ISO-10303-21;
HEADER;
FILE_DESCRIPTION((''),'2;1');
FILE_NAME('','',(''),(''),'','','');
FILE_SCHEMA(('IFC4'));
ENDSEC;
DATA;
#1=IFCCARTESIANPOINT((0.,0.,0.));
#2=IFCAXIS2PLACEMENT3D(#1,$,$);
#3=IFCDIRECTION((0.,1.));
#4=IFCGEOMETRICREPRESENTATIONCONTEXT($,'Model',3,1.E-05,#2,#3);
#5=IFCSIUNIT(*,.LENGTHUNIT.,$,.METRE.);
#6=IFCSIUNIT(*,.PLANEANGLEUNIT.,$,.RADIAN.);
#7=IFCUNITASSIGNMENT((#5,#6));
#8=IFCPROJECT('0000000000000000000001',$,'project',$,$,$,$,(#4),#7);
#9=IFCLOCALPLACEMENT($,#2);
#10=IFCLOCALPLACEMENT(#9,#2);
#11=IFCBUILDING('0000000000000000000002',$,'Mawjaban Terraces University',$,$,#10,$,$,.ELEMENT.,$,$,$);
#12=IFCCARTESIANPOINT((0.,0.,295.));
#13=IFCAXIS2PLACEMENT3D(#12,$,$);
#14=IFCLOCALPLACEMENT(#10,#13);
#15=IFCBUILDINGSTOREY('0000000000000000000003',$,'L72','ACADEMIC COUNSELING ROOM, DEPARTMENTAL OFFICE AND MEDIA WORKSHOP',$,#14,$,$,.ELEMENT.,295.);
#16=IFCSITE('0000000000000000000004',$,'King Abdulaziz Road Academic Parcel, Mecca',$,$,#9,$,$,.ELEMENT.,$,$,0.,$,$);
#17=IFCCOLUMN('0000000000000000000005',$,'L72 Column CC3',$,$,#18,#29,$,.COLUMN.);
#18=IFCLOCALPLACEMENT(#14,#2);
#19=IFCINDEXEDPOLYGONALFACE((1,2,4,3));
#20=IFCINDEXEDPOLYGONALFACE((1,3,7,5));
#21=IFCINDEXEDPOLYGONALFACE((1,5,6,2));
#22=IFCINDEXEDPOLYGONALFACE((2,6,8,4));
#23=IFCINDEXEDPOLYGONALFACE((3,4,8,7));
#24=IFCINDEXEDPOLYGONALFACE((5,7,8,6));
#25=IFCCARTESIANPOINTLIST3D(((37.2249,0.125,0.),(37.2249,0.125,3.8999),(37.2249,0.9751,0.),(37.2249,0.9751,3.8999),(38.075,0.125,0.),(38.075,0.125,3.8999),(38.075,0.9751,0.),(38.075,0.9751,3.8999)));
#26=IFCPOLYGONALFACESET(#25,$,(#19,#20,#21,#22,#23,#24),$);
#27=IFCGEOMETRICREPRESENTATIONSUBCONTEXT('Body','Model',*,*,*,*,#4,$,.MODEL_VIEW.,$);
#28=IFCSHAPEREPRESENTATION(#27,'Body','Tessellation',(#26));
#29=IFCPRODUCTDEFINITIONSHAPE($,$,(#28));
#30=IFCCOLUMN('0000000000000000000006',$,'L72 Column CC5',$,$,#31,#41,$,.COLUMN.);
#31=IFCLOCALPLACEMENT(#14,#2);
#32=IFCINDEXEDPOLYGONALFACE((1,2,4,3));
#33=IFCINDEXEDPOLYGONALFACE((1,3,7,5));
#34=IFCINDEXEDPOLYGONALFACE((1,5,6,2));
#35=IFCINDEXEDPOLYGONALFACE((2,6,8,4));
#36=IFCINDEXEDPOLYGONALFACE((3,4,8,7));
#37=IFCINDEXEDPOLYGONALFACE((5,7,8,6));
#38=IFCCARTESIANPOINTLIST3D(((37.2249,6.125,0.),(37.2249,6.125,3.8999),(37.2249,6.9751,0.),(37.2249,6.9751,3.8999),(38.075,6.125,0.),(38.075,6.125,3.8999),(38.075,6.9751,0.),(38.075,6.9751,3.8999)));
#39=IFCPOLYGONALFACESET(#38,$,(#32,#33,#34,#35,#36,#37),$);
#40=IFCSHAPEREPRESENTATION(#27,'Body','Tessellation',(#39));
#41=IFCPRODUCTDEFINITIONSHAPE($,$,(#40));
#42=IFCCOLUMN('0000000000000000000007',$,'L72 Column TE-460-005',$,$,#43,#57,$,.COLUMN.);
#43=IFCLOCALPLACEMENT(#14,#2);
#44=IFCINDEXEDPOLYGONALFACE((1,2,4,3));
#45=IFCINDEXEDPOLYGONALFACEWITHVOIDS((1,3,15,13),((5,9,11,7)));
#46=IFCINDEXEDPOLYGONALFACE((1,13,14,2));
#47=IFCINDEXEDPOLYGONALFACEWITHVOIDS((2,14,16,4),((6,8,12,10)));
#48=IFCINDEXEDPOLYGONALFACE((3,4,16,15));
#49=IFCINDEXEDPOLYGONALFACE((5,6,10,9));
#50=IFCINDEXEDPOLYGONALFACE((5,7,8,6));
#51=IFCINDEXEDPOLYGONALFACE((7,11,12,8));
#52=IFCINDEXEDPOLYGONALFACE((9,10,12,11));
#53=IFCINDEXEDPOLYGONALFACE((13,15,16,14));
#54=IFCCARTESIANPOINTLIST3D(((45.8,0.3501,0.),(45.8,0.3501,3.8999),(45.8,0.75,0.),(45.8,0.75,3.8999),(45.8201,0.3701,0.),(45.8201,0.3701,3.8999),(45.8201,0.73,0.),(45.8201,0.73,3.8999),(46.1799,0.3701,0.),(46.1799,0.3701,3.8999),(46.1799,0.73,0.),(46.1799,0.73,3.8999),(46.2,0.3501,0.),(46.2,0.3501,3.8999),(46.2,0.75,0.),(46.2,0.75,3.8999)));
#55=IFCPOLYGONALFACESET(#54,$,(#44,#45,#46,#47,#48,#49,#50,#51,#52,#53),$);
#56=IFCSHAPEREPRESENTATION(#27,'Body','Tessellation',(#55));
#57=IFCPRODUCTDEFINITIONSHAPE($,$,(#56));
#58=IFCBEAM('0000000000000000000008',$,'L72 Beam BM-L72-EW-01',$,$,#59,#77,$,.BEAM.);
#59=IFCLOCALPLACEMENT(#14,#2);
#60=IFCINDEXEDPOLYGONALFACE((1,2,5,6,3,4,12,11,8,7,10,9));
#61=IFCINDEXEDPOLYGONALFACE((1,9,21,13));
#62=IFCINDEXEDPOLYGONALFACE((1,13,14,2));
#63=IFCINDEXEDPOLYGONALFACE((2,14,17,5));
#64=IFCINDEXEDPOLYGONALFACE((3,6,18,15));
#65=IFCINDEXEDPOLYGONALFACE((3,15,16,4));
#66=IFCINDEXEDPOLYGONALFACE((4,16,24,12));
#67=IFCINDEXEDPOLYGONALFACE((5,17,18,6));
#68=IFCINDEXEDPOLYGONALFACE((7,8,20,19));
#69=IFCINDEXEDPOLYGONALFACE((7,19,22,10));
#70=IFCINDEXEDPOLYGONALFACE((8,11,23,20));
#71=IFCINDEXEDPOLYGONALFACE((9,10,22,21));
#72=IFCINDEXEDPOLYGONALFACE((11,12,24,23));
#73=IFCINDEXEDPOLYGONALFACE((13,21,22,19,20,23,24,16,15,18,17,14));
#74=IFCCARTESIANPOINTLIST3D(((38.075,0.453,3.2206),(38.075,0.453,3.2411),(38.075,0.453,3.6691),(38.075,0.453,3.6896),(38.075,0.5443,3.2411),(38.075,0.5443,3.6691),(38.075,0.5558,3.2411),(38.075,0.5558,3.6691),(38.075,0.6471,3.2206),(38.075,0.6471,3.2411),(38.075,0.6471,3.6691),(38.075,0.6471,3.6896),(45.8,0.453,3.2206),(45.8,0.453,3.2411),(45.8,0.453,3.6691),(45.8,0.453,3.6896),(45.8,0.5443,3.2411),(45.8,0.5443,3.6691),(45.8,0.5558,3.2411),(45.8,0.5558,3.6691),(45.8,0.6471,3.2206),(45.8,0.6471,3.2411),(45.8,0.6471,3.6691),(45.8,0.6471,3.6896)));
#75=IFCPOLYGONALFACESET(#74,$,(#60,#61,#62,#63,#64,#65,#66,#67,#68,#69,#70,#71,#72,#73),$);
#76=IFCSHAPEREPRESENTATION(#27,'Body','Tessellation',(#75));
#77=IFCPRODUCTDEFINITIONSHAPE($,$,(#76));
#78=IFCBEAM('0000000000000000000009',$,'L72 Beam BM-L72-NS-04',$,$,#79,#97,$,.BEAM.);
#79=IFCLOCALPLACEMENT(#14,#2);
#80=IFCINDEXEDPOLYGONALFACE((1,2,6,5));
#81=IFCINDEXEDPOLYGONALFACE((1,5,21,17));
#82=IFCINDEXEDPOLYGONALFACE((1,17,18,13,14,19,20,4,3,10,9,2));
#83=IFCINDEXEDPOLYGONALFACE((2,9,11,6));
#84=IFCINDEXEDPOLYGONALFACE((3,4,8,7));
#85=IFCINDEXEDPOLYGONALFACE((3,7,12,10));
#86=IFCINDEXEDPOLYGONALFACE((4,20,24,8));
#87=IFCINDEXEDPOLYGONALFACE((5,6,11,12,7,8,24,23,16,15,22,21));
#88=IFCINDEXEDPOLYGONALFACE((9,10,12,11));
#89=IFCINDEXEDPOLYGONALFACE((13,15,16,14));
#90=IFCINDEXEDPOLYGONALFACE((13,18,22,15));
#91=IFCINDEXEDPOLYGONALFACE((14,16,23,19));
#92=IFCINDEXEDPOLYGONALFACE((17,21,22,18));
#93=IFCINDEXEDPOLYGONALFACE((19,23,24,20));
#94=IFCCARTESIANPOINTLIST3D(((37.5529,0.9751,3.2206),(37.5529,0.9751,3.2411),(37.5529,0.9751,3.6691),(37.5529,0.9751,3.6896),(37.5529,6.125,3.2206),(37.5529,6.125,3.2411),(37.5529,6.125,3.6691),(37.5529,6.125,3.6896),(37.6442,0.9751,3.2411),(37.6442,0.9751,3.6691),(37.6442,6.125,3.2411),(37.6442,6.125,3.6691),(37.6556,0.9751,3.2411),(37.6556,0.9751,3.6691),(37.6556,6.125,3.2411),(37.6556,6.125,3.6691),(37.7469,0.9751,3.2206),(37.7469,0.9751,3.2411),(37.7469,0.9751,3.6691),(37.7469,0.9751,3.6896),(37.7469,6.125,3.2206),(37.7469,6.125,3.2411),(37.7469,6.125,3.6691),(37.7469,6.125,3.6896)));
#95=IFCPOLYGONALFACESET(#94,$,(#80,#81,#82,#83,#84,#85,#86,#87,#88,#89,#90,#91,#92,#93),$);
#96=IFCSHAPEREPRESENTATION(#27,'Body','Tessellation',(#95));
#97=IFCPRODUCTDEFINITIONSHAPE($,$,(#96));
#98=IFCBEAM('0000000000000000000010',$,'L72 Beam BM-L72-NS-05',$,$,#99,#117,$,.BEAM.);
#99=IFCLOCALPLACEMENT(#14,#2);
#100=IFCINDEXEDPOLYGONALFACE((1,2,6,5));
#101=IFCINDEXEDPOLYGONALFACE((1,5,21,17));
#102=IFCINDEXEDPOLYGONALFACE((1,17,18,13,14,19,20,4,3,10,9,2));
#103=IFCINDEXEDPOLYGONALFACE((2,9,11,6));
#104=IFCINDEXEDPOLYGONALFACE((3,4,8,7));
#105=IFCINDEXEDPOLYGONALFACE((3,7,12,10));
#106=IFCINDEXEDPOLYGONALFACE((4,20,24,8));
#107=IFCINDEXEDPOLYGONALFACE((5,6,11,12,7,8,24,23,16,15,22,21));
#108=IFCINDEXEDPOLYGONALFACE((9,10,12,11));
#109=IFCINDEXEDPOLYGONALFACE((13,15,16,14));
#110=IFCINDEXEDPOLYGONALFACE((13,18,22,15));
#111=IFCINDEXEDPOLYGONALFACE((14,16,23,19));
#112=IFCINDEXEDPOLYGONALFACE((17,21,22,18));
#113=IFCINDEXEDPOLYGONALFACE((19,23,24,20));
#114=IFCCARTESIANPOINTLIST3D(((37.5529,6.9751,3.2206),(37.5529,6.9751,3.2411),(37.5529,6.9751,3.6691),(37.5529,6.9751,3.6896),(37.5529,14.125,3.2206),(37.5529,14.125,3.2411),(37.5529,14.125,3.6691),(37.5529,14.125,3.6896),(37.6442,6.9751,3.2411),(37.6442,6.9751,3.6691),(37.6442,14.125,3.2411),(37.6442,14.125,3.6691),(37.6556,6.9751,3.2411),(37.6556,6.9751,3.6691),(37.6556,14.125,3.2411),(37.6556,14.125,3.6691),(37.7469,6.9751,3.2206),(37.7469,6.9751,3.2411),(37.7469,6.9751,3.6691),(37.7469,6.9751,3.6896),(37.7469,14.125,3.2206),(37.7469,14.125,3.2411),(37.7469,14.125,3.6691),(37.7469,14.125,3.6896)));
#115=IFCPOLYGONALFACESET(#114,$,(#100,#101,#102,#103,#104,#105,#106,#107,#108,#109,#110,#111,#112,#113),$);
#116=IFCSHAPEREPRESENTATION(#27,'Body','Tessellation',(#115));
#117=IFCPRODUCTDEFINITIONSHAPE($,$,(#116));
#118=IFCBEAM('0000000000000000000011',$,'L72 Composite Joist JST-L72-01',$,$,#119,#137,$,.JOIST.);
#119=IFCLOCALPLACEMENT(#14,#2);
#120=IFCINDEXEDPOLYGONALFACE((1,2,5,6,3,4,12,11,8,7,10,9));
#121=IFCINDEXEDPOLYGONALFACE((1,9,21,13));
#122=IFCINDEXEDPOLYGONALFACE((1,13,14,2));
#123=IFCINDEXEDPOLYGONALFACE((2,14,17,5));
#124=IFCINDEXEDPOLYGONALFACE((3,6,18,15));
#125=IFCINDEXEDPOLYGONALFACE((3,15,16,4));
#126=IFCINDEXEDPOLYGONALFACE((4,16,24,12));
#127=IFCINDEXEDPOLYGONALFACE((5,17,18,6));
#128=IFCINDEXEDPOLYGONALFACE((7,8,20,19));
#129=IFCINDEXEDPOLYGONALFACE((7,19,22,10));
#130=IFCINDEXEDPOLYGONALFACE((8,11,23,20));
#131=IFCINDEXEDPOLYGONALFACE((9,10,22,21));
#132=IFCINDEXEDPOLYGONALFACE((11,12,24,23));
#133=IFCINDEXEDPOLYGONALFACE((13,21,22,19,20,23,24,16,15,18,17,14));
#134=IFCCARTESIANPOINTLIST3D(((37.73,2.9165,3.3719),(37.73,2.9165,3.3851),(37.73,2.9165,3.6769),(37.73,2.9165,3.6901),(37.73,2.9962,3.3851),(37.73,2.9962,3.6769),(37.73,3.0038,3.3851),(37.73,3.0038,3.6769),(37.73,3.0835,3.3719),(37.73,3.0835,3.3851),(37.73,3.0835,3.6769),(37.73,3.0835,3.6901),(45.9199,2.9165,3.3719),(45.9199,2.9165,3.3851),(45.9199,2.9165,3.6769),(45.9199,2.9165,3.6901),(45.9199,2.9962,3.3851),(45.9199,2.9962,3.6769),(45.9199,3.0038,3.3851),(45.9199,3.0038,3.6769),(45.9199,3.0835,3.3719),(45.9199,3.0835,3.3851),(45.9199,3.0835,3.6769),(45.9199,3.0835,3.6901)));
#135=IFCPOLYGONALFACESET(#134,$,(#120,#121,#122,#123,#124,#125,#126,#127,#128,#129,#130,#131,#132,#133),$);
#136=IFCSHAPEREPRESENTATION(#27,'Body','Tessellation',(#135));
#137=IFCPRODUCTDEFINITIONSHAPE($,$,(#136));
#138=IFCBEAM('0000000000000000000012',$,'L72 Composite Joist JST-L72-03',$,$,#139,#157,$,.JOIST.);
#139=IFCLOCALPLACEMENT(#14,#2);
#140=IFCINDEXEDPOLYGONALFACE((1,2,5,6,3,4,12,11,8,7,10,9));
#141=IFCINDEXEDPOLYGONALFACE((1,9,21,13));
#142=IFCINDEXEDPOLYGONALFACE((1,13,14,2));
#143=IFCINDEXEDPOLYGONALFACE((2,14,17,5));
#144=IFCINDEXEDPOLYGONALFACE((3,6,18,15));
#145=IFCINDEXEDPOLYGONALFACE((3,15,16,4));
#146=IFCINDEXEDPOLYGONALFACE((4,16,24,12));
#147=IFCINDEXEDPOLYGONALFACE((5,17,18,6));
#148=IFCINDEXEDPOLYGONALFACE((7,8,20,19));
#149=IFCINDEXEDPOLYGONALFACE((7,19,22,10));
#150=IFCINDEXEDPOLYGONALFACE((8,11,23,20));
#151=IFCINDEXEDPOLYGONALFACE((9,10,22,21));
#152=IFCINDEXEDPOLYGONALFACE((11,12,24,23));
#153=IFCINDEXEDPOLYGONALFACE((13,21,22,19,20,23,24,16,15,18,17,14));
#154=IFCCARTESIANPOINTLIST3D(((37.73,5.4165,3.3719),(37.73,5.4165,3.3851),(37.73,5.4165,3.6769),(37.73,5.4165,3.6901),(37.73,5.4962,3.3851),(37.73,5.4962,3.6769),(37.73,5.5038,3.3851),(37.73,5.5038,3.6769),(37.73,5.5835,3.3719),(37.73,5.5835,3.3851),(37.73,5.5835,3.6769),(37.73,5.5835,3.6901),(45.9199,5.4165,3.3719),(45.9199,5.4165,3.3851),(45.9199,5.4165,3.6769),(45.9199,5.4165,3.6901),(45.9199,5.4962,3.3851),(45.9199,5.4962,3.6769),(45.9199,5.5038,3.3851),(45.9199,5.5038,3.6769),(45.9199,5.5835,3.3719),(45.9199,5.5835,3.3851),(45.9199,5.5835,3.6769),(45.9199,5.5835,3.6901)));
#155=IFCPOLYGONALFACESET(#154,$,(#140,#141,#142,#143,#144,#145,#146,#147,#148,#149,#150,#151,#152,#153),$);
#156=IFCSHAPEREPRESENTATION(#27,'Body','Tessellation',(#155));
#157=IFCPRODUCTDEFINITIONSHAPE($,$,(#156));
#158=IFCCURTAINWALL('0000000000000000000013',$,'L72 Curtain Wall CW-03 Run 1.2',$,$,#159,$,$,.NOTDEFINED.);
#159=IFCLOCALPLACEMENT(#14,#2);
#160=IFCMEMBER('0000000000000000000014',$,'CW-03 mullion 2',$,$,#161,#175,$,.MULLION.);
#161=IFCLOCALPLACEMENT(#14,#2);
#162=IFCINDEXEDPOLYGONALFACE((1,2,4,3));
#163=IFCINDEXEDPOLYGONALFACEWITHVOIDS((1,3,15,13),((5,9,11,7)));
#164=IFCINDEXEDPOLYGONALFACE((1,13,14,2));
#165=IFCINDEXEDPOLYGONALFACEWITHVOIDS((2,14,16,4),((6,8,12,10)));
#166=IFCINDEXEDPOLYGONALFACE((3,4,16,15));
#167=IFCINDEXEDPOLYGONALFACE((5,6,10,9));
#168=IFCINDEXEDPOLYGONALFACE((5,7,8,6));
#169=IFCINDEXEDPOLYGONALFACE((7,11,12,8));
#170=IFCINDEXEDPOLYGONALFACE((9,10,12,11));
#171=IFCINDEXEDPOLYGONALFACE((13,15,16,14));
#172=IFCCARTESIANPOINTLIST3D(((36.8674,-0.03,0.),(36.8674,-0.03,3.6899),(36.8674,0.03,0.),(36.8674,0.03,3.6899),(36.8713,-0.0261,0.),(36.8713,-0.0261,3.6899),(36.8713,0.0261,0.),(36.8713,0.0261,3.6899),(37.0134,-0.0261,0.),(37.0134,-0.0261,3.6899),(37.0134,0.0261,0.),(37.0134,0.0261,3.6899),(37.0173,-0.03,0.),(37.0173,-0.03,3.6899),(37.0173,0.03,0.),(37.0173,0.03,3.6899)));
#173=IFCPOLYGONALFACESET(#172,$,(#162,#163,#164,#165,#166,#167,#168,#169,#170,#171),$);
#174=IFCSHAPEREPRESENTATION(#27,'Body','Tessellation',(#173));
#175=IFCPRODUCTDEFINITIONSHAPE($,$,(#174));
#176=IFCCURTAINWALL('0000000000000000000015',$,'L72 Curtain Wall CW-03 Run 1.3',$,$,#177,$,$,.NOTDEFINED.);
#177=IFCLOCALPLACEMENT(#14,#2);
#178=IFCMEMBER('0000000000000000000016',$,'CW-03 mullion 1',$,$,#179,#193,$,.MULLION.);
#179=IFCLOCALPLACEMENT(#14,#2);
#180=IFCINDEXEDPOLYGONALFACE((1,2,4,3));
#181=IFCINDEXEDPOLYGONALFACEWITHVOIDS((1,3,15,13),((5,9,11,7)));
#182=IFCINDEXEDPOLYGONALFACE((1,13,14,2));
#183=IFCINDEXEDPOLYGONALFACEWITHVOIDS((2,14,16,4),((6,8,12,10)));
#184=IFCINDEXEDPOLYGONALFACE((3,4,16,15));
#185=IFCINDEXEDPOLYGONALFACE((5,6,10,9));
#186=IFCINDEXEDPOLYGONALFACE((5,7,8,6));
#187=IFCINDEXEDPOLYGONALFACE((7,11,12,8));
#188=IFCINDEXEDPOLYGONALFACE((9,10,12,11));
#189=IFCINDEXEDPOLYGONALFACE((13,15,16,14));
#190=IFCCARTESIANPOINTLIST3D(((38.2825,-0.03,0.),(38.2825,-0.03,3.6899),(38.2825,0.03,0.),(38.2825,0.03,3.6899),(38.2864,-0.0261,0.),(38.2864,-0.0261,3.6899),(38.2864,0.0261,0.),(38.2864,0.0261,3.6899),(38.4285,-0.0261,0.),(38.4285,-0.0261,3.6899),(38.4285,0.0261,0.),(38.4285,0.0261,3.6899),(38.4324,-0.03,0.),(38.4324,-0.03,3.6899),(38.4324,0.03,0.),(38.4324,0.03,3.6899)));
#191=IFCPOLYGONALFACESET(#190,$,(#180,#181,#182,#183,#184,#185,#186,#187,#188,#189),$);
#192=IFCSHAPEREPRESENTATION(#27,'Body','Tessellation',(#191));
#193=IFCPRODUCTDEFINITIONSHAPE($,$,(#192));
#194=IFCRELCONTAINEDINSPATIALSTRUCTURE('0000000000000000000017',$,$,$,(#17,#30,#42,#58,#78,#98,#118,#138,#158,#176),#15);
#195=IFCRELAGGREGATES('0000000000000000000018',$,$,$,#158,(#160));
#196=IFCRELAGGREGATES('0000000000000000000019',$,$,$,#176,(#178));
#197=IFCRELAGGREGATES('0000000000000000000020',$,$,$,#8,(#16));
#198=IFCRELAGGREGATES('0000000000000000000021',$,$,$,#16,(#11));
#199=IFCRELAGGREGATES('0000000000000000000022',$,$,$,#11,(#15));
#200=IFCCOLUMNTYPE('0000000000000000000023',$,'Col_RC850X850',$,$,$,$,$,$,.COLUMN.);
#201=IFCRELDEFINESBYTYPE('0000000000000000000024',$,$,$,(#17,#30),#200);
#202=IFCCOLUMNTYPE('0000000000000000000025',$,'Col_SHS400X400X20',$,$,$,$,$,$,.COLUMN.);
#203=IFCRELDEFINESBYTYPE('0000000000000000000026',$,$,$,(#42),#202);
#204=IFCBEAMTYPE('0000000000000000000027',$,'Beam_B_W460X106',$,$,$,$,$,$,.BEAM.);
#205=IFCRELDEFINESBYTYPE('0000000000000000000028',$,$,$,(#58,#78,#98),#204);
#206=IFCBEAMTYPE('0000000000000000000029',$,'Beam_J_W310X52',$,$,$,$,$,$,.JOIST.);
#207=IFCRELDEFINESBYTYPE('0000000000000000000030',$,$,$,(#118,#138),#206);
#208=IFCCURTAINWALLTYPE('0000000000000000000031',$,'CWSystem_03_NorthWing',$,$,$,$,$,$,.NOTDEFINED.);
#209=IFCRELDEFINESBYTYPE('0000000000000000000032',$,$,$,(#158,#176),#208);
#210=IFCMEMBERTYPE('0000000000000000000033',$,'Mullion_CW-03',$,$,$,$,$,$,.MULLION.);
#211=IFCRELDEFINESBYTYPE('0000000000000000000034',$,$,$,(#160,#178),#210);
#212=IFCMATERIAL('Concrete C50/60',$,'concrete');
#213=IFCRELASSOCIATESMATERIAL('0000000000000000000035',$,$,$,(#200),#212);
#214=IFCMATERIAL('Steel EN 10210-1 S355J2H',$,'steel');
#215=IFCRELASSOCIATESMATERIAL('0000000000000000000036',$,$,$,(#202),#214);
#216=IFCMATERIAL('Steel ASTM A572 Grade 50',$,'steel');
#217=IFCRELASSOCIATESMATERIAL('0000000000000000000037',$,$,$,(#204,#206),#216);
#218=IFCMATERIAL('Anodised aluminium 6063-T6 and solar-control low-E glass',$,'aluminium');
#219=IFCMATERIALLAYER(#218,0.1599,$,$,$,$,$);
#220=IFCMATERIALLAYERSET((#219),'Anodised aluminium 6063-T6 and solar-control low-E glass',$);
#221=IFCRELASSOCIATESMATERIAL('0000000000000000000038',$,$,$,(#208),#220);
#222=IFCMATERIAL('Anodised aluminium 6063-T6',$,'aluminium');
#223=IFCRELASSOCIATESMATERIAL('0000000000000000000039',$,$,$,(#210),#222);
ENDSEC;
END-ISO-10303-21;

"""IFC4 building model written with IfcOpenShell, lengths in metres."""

from ifc_helpers import new_model, si_unit, direction, frame, origin, origin_2d, place, context, subcontext, project, spatial, rectangle, hollow_rectangle, i_section, extrude, material, layer, layer_set, material_profile, profile_set, type_object, element, aggregate, save


model = new_model("IFC4")

# Units and contexts
model_context = context("Model", 3, precision=1e-05, world=origin(), true_north=direction((0.0, 1.0)))
body_context = subcontext(model_context, "Body", "Model", "MODEL_VIEW")
ifc_project = project(units=[si_unit("LENGTHUNIT", "METRE"), si_unit("PLANEANGLEUNIT", "RADIAN")], contexts=[model_context])

# Site, building, storey
site_placement = place(None, origin())
site = spatial("IfcSite", under=ifc_project, at=site_placement, Name="King Abdulaziz Road Academic Parcel, Mecca", CompositionType="ELEMENT", RefElevation=0.0)
building_placement = place(site_placement, origin())
building = spatial("IfcBuilding", under=site, at=building_placement, Name="Mawjaban Terraces University", CompositionType="ELEMENT")
storey_placement = place(building_placement, frame((0.0, 0.0, 295.0)))
storey = spatial("IfcBuildingStorey", under=building, at=storey_placement, Name="L72", Description="ACADEMIC COUNSELING ROOM, DEPARTMENTAL OFFICE AND MEDIA WORKSHOP", CompositionType="ELEMENT", Elevation=295.0)

# Columns
ifc_material_1 = material(Name="Concrete C50/60", Category="concrete")
ifc_material_profile_1 = material_profile(ifc_material_1, rectangle(XDim=0.8501, YDim=0.8501, at=origin_2d()), Name="RC850X850")
ifc_profile_set_1 = profile_set([ifc_material_profile_1], Name="Concrete C50/60")
column_type_1 = type_object("IfcColumnType", Name="Col_RC850X850", PredefinedType="COLUMN", material=ifc_profile_set_1)
for number, where, z_axis, x_axis, name in (
    (1, (37.6499, 0.55, 0.0), (0.0, 0.0, 1.0), (1.0, 0.0, 0.0), "L72 Column CC3"),
    (2, (37.6499, 6.55, 0.0), (0.0, 0.0, 1.0), (1.0, 0.0, 0.0), "L72 Column CC5"),
):
    element("IfcColumn", number, at=place(storey_placement, frame(where, z_axis=z_axis, x_axis=x_axis)), inside=storey, type_object=column_type_1, Name=name, PredefinedType="COLUMN", context=body_context, shape_type="SweptSolid", body=[
        extrude(rectangle(XDim=0.8501, YDim=0.8501, at=origin_2d()), origin(), (0.0, 0.0, 1.0), 3.8999),
    ])
ifc_material_2 = material(Name="Steel EN 10210-1 S355J2H", Category="steel")
ifc_material_profile_2 = material_profile(ifc_material_2, hollow_rectangle(XDim=0.3999, YDim=0.3999, WallThickness=0.02, at=origin_2d()), Name="SHS400X400X20")
ifc_profile_set_2 = profile_set([ifc_material_profile_2], Name="Steel EN 10210-1 S355J2H")
column_type_2 = type_object("IfcColumnType", Name="Col_SHS400X400X20", PredefinedType="COLUMN", material=ifc_profile_set_2)
column_placement = place(storey_placement, frame((46.0, 0.55, 0.0), z_axis=(0.0, 0.0, 1.0), x_axis=(1.0, 0.0, 0.0)))
element("IfcColumn", 3, at=column_placement, inside=storey, type_object=column_type_2, Name="L72 Column TE-460-005", PredefinedType="COLUMN", context=body_context, shape_type="SweptSolid", body=[
    extrude(hollow_rectangle(XDim=0.3999, YDim=0.3999, WallThickness=0.02, at=origin_2d()), origin(), (0.0, 0.0, 1.0), 3.8999),
])

# Beams
ifc_material_3 = material(Name="Steel ASTM A572 Grade 50", Category="steel")
ifc_material_profile_3 = material_profile(ifc_material_3, i_section(OverallWidth=0.1941, OverallDepth=0.469, WebThickness=0.0115, FlangeThickness=0.0205, at=origin_2d()), Name="W460X106")
ifc_profile_set_3 = profile_set([ifc_material_profile_3], Name="Steel ASTM A572 Grade 50")
beam_type_1 = type_object("IfcBeamType", Name="Beam_B_W460X106", PredefinedType="BEAM", material=ifc_profile_set_3)
beam_1_placement = place(storey_placement, frame((38.075, 0.55, 3.4551), z_axis=(1.0, 0.0, 0.0), x_axis=(0.0, 1.0, 0.0)))
element("IfcBeam", 4, at=beam_1_placement, inside=storey, type_object=beam_type_1, Name="L72 Beam BM-L72-EW-01", PredefinedType="BEAM", context=body_context, shape_type="SweptSolid", body=[
    extrude(i_section(OverallWidth=0.1941, OverallDepth=0.469, WebThickness=0.0115, FlangeThickness=0.0205, at=origin_2d()), origin(), (0.0, 0.0, 1.0), 7.7251),
])
beam_2_placement = place(storey_placement, frame((37.6499, 0.9751, 3.4551), z_axis=(0.0, 1.0, 0.0), x_axis=(-1.0, 0.0, 0.0)))
element("IfcBeam", 5, at=beam_2_placement, inside=storey, type_object=beam_type_1, Name="L72 Beam BM-L72-NS-04", PredefinedType="BEAM", context=body_context, shape_type="SweptSolid", body=[
    extrude(i_section(OverallWidth=0.1941, OverallDepth=0.469, WebThickness=0.0115, FlangeThickness=0.0205, at=origin_2d()), origin(), (0.0, 0.0, 1.0), 5.1499),
])
beam_3_placement = place(storey_placement, frame((37.6499, 6.9751, 3.4551), z_axis=(0.0, 1.0, 0.0), x_axis=(-1.0, 0.0, 0.0)))
element("IfcBeam", 6, at=beam_3_placement, inside=storey, type_object=beam_type_1, Name="L72 Beam BM-L72-NS-05", PredefinedType="BEAM", context=body_context, shape_type="SweptSolid", body=[
    extrude(i_section(OverallWidth=0.1941, OverallDepth=0.469, WebThickness=0.0115, FlangeThickness=0.0205, at=origin_2d()), origin(), (0.0, 0.0, 1.0), 7.1499),
])
ifc_material_profile_4 = material_profile(ifc_material_3, i_section(OverallWidth=0.167, OverallDepth=0.3181, WebThickness=0.0076, FlangeThickness=0.0132, at=origin_2d()), Name="W310X52")
ifc_profile_set_4 = profile_set([ifc_material_profile_4], Name="Steel ASTM A572 Grade 50")
beam_type_2 = type_object("IfcBeamType", Name="Beam_J_W310X52", PredefinedType="JOIST", material=ifc_profile_set_4)
for number, where, z_axis, x_axis, name in (
    (7, (37.73, 3.0, 3.531), (1.0, 0.0, 0.0), (0.0, 1.0, 0.0), "L72 Composite Joist JST-L72-01"),
    (8, (37.73, 5.5, 3.531), (1.0, 0.0, 0.0), (0.0, 1.0, 0.0), "L72 Composite Joist JST-L72-03"),
):
    element("IfcBeam", number, at=place(storey_placement, frame(where, z_axis=z_axis, x_axis=x_axis)), inside=storey, type_object=beam_type_2, Name=name, PredefinedType="JOIST", context=body_context, shape_type="SweptSolid", body=[
        extrude(i_section(OverallWidth=0.167, OverallDepth=0.3181, WebThickness=0.0076, FlangeThickness=0.0132, at=origin_2d()), origin(), (0.0, 0.0, 1.0), 8.1899),
    ])

# Curtain wall, member
ifc_material_4 = material(Name="Anodised aluminium 6063-T6 and solar-control low-E glass", Category="aluminium")
ifc_layer_1 = layer(ifc_material_4, 0.1599)
ifc_layer_set_1 = layer_set([ifc_layer_1], Name="Anodised aluminium 6063-T6 and solar-control low-E glass")
curtain_wall_type = type_object("IfcCurtainWallType", Name="CWSystem_03_NorthWing", PredefinedType="NOTDEFINED", material=ifc_layer_set_1)
curtain_wall_1_placement = place(storey_placement, origin())
curtain_wall_1 = element("IfcCurtainWall", 9, at=curtain_wall_1_placement, inside=storey, type_object=curtain_wall_type, Name="L72 Curtain Wall CW-03 Run 1.2", PredefinedType="NOTDEFINED")
ifc_material_5 = material(Name="Anodised aluminium 6063-T6", Category="aluminium")
ifc_material_profile_5 = material_profile(ifc_material_5, hollow_rectangle(XDim=0.0601, YDim=0.1499, WallThickness=0.0039, at=origin_2d()), Name="ALU150X60X4")
ifc_profile_set_5 = profile_set([ifc_material_profile_5], Name="Anodised aluminium 6063-T6")
member_type_1 = type_object("IfcMemberType", Name="Mullion_CW-03", PredefinedType="MULLION", material=ifc_profile_set_5)
member_1_placement = place(storey_placement, frame((36.9424, 0.0, 0.0), z_axis=(0.0, 0.0, 1.0), x_axis=(0.0, 1.0, 0.0)))
member_1 = element("IfcMember", 10, at=member_1_placement, type_object=member_type_1, Name="CW-03 mullion 2", PredefinedType="MULLION", context=body_context, shape_type="SweptSolid", body=[
    extrude(hollow_rectangle(XDim=0.0601, YDim=0.1499, WallThickness=0.0039, at=origin_2d()), origin(), (0.0, 0.0, 1.0), 3.6899),
])
aggregate(curtain_wall_1, [member_1])

# Curtain wall, member
curtain_wall_2_placement = place(storey_placement, origin())
curtain_wall_2 = element("IfcCurtainWall", 11, at=curtain_wall_2_placement, inside=storey, type_object=curtain_wall_type, Name="L72 Curtain Wall CW-03 Run 1.3", PredefinedType="NOTDEFINED")
member_2_placement = place(storey_placement, frame((38.3574, 0.0, 0.0), z_axis=(0.0, 0.0, 1.0), x_axis=(0.0, 1.0, 0.0)))
member_2 = element("IfcMember", 12, at=member_2_placement, type_object=member_type_1, Name="CW-03 mullion 1", PredefinedType="MULLION", context=body_context, shape_type="SweptSolid", body=[
    extrude(hollow_rectangle(XDim=0.0601, YDim=0.1499, WallThickness=0.0039, at=origin_2d()), origin(), (0.0, 0.0, 1.0), 3.6899),
])
aggregate(curtain_wall_2, [member_2])

save(model, "model.ifc")
